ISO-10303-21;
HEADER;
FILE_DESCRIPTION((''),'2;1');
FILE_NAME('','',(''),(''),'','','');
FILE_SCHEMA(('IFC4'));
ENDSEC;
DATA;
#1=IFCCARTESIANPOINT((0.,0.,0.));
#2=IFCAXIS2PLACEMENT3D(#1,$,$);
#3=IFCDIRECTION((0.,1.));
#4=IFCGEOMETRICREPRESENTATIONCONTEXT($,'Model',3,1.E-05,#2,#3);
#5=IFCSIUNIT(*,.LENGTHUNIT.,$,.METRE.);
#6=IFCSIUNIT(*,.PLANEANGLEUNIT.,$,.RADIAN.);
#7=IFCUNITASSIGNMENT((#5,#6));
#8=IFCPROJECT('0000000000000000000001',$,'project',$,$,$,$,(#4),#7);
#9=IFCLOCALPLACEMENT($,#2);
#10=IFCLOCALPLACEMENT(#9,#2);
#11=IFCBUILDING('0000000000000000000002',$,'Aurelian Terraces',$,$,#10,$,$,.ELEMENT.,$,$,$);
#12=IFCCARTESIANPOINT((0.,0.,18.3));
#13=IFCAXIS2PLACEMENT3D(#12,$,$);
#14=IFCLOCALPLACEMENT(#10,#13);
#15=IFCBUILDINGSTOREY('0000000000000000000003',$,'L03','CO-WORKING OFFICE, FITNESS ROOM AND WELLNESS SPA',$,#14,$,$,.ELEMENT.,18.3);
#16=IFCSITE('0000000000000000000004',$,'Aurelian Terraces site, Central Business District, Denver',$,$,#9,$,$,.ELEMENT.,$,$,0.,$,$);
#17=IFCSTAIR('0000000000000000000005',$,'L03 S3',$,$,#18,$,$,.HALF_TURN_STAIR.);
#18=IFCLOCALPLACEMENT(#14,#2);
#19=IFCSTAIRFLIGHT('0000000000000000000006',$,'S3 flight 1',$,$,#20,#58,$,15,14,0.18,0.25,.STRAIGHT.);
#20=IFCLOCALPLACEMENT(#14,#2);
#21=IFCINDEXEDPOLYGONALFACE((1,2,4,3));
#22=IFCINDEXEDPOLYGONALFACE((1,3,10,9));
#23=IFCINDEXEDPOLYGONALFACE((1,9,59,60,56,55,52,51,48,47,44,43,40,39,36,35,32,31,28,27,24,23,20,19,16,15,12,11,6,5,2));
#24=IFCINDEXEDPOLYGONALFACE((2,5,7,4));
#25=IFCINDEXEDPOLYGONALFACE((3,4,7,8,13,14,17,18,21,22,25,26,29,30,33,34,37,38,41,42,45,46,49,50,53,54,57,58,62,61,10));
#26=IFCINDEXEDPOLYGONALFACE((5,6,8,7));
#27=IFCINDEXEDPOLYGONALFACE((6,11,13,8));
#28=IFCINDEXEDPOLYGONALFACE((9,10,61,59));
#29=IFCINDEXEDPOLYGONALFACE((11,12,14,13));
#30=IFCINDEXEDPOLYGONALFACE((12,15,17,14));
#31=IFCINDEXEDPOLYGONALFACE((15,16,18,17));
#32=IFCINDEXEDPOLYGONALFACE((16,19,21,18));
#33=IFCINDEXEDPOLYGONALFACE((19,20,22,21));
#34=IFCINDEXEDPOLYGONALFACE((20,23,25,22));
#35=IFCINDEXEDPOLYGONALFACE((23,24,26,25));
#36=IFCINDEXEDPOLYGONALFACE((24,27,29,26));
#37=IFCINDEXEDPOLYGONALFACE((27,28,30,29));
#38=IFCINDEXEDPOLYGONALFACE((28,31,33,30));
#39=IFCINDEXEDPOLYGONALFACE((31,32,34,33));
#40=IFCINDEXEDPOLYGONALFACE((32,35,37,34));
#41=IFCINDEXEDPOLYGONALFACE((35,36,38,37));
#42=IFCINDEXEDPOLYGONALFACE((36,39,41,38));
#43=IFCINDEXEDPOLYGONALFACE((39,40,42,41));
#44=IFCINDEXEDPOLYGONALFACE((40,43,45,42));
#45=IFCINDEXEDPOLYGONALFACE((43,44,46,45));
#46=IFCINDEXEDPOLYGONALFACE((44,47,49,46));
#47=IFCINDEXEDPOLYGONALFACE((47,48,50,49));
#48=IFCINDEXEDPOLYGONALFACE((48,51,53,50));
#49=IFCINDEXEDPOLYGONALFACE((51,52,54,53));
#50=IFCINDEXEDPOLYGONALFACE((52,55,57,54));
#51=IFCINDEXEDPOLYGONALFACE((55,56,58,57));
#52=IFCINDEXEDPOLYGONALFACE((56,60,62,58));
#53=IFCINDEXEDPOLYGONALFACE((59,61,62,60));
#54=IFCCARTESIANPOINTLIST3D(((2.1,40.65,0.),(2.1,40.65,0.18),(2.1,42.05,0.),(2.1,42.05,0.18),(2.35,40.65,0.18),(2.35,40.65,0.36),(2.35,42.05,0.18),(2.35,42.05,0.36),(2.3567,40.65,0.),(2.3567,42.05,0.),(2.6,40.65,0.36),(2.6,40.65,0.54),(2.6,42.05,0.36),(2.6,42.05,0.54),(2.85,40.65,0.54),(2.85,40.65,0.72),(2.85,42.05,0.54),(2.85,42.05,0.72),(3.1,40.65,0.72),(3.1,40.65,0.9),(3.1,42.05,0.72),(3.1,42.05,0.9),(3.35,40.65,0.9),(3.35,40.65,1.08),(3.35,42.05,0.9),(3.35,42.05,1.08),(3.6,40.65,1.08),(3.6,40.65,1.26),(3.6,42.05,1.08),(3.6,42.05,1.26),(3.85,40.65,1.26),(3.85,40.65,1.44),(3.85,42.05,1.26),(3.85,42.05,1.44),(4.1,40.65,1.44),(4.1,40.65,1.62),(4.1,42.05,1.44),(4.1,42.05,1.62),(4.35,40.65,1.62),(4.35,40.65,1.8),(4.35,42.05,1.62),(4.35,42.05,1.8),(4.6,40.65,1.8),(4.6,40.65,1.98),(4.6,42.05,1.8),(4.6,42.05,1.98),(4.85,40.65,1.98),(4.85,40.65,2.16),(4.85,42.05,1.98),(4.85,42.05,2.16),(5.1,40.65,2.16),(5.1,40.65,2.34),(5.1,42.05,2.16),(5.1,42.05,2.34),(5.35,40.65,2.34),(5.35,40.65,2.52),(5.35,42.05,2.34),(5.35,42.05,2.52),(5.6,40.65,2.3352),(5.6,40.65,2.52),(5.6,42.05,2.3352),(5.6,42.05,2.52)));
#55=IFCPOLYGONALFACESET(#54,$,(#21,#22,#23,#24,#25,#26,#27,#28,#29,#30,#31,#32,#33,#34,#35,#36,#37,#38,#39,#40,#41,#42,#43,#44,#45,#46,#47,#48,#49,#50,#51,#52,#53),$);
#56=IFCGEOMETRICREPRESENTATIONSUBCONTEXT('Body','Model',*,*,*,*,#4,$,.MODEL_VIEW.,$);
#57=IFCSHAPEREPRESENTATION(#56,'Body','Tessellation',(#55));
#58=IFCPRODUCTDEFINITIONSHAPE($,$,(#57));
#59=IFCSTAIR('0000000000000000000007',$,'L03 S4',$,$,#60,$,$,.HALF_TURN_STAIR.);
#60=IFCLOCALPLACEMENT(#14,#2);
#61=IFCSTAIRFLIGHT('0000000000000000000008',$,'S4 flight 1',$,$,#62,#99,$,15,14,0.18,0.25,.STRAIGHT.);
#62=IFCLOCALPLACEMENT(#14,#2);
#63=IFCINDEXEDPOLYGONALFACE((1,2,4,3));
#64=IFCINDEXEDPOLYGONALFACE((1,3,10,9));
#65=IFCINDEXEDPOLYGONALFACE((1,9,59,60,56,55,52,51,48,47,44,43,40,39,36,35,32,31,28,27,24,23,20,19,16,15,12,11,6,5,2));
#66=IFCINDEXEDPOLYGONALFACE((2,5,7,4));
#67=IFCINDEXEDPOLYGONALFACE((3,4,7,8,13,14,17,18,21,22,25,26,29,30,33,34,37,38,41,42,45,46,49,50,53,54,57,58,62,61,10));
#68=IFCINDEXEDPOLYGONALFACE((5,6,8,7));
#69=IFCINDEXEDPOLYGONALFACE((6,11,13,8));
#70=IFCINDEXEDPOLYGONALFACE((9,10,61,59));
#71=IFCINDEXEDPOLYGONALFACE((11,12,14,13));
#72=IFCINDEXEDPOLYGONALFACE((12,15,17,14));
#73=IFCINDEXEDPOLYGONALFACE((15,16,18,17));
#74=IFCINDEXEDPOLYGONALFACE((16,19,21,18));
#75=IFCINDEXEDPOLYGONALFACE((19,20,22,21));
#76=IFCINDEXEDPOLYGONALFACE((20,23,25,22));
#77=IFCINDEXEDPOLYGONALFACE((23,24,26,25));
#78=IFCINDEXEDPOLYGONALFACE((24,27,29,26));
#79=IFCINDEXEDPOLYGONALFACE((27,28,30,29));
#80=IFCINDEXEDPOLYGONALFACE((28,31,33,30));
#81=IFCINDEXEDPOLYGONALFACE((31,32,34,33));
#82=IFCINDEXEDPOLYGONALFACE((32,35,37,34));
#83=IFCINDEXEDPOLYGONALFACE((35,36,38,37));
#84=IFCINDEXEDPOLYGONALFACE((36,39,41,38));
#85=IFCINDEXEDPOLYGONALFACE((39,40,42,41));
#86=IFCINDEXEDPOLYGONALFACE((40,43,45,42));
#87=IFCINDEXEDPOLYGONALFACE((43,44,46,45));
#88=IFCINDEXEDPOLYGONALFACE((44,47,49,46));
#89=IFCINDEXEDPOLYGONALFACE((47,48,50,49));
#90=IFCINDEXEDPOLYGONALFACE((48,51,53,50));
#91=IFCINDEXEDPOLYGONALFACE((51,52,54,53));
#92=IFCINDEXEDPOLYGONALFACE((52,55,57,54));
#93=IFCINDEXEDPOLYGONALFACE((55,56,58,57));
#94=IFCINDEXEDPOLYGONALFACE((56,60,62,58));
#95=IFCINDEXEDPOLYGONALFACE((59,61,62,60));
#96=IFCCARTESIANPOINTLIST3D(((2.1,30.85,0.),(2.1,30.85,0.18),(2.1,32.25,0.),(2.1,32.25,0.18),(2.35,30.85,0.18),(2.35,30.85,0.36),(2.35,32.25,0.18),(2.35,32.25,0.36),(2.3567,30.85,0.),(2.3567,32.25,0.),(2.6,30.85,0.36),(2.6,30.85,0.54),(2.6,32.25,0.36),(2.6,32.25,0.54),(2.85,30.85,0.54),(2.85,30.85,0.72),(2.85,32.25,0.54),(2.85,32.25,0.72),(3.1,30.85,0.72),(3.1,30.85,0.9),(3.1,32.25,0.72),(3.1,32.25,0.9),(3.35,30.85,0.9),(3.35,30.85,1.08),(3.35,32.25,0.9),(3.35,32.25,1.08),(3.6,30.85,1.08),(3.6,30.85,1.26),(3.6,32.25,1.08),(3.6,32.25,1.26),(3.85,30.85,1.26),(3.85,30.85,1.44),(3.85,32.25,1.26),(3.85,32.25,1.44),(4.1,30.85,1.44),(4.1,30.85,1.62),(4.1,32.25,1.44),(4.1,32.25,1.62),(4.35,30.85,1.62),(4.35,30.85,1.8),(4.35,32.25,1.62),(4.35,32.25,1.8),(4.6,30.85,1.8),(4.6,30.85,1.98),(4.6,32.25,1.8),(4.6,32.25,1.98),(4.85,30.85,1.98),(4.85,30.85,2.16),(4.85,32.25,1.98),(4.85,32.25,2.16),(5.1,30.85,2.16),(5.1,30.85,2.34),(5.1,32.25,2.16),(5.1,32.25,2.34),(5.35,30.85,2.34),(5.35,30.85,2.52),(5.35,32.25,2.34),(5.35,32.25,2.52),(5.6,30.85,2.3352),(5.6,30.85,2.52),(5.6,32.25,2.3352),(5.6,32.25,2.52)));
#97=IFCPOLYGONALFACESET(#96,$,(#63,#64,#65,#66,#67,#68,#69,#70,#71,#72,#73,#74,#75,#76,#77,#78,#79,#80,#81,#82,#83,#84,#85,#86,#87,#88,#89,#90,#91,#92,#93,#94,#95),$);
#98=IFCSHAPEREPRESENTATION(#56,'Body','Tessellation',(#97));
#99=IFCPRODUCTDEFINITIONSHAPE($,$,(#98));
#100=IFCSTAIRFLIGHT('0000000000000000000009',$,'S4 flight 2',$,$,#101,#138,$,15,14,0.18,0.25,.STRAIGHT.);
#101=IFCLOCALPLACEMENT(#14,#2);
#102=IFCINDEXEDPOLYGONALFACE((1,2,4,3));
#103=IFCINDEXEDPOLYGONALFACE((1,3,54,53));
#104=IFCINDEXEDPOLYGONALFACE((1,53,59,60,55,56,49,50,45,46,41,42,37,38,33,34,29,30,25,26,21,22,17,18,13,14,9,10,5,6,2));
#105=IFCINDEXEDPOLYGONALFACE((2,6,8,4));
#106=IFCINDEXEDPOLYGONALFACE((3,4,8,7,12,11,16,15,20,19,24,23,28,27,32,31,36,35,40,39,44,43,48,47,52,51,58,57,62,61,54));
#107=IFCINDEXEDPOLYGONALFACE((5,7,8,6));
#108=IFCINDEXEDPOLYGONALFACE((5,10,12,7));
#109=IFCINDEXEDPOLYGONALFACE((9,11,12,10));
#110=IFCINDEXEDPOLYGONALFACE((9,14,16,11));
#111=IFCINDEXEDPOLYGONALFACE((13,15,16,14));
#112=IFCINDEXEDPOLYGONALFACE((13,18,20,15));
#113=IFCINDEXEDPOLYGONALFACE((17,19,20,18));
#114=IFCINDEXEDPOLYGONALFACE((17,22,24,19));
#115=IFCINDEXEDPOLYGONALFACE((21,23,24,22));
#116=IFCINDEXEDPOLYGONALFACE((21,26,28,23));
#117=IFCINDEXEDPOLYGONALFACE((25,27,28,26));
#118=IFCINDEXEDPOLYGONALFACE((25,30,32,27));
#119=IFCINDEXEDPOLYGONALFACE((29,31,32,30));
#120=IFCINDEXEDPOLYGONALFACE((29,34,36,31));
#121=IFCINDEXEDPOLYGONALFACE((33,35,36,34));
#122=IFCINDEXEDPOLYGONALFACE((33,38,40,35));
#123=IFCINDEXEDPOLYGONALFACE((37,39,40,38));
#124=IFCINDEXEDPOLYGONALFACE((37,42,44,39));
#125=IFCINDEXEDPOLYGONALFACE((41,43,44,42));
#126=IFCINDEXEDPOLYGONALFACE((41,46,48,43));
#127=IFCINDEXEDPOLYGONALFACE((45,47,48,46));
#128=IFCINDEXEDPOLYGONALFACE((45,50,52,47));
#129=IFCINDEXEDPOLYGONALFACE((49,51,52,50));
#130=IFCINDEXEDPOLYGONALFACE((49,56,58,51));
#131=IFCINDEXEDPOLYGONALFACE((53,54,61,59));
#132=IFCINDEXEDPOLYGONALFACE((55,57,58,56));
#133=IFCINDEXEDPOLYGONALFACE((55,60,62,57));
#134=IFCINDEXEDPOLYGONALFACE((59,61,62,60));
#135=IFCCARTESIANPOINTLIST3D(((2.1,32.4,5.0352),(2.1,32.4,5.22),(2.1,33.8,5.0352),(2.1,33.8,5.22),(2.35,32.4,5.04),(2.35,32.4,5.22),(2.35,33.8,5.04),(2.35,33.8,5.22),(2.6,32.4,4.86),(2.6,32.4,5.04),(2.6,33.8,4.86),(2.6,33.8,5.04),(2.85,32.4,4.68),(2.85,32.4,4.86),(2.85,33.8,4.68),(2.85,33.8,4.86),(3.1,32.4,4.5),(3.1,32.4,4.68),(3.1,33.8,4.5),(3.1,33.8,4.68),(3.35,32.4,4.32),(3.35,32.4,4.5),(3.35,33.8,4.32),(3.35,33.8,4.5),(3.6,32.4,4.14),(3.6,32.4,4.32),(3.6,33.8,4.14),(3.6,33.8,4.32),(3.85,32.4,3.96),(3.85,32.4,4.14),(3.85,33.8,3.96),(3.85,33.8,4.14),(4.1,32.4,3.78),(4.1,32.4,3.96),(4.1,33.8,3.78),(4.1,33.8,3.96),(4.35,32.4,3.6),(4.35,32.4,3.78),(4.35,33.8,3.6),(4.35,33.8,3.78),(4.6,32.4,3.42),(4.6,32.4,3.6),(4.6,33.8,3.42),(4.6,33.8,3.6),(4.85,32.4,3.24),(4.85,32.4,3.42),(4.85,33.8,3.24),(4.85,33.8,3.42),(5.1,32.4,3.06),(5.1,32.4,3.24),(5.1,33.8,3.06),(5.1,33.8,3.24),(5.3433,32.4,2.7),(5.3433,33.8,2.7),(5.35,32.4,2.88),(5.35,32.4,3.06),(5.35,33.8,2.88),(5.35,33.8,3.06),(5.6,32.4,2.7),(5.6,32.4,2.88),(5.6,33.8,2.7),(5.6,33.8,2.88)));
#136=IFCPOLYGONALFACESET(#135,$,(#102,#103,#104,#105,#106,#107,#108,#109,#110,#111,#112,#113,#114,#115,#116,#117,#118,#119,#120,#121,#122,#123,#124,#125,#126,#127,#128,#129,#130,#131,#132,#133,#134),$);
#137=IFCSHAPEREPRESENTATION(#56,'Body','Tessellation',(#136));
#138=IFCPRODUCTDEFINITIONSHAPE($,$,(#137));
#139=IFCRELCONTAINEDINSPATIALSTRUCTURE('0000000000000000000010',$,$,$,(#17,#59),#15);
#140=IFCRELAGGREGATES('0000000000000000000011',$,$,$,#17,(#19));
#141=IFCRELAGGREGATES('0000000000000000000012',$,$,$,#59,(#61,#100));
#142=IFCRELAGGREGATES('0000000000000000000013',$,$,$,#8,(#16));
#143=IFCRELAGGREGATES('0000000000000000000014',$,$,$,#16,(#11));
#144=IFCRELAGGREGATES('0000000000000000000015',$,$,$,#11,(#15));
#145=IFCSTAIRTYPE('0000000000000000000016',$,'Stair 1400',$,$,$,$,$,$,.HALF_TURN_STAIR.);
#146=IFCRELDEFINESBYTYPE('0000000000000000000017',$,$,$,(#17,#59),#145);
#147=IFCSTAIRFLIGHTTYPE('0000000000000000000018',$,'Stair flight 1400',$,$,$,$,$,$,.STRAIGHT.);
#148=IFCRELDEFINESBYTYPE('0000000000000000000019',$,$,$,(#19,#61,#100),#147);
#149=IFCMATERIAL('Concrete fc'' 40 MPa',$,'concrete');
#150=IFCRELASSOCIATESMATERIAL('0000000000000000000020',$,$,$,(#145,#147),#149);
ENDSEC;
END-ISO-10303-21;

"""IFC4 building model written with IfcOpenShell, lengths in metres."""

from ifc_helpers import new_model, si_unit, direction, frame, origin, place, context, subcontext, project, spatial, polyline, outline, extrude, source, transform, mapped, material, type_object, element, aggregate, save


model = new_model("IFC4")

# Units and contexts
model_context = context("Model", 3, precision=1e-05, world=origin(), true_north=direction((0.0, 1.0)))
body_context = subcontext(model_context, "Body", "Model", "MODEL_VIEW")
ifc_project = project(units=[si_unit("LENGTHUNIT", "METRE"), si_unit("PLANEANGLEUNIT", "RADIAN")], contexts=[model_context])

# Site, building, storey
site_placement = place(None, origin())
site = spatial("IfcSite", under=ifc_project, at=site_placement, Name="Aurelian Terraces site, Central Business District, Denver", CompositionType="ELEMENT", RefElevation=0.0)
building_placement = place(site_placement, origin())
building = spatial("IfcBuilding", under=site, at=building_placement, Name="Aurelian Terraces", CompositionType="ELEMENT")
storey_placement = place(building_placement, frame((0.0, 0.0, 18.3)))
storey = spatial("IfcBuildingStorey", under=building, at=storey_placement, Name="L03", Description="CO-WORKING OFFICE, FITNESS ROOM AND WELLNESS SPA", CompositionType="ELEMENT", Elevation=18.3)

# Shared definitions
ifc_material_1 = material(Name="Concrete fc' 40 MPa", Category="concrete")

# Stair, stair flight
stair_type = type_object("IfcStairType", Name="Stair 1400", PredefinedType="HALF_TURN_STAIR", material=ifc_material_1)
stair_1_placement = place(storey_placement, origin())
stair_1 = element("IfcStair", 1, at=stair_1_placement, inside=storey, type_object=stair_type, Name="L03 S3", PredefinedType="HALF_TURN_STAIR")
stair_flight_type = type_object("IfcStairFlightType", Name="Stair flight 1400", PredefinedType="STRAIGHT", material=ifc_material_1)
shared_shape_1 = source(origin(), body_context, "Body", "SweptSolid", [
    extrude(outline(polyline([(0.0, 0.0), (0.0, 0.18), (0.25, 0.18), (0.25, 0.36), (0.5, 0.36), (0.5, 0.54), (0.75, 0.54), (0.75, 0.72), (1.0, 0.72), (1.0, 0.9), (1.25, 0.9), (1.25, 1.08), (1.5, 1.08), (1.5, 1.26), (1.75, 1.26), (1.75, 1.44), (2.0, 1.44), (2.0, 1.62), (2.25, 1.62), (2.25, 1.8), (2.5, 1.8), (2.5, 1.98), (2.75, 1.98), (2.75, 2.16), (3.0, 2.16), (3.0, 2.34), (3.25, 2.34), (3.25, 2.52), (3.5, 2.52), (3.5, 2.7), (3.5, 2.3352), (0.2567, 0.0), (0.0, 0.0)])), frame((0.0, 0.7, 0.0), z_axis=(0.0, -1.0, 0.0), x_axis=(1.0, 0.0, 0.0)), (0.0, 0.0, 1.0), 1.4),
])
stair_flight_1_placement = place(storey_placement, frame((2.1, 41.35, 0.0), z_axis=(0.0, 0.0, 1.0), x_axis=(1.0, 0.0, 0.0)))
stair_flight_1 = element("IfcStairFlight", 2, at=stair_flight_1_placement, type_object=stair_flight_type, Name="S3 flight 1", NumberOfRisers=15, NumberOfTreads=14, PredefinedType="STRAIGHT", RiserHeight=0.18, TreadLength=0.25, context=body_context, shape_type="MappedRepresentation", body=[
    mapped(shared_shape_1, transform((0.0, 0.0, 0.0), scale=1.0)),
])
aggregate(stair_1, [stair_flight_1])

# Stair, stair flights
stair_2_placement = place(storey_placement, origin())
stair_2 = element("IfcStair", 3, at=stair_2_placement, inside=storey, type_object=stair_type, Name="L03 S4", PredefinedType="HALF_TURN_STAIR")
stair_flight_2_placement = place(storey_placement, frame((2.1, 31.55, 0.0), z_axis=(0.0, 0.0, 1.0), x_axis=(1.0, 0.0, 0.0)))
stair_flight_2 = element("IfcStairFlight", 4, at=stair_flight_2_placement, type_object=stair_flight_type, Name="S4 flight 1", NumberOfRisers=15, NumberOfTreads=14, PredefinedType="STRAIGHT", RiserHeight=0.18, TreadLength=0.25, context=body_context, shape_type="MappedRepresentation", body=[
    mapped(shared_shape_1, transform((0.0, 0.0, 0.0), scale=1.0)),
])
stair_flight_3_placement = place(storey_placement, frame((5.6, 33.1, 2.7), z_axis=(0.0, 0.0, 1.0), x_axis=(-1.0, 0.0, 0.0)))
stair_flight_3 = element("IfcStairFlight", 5, at=stair_flight_3_placement, type_object=stair_flight_type, Name="S4 flight 2", NumberOfRisers=15, NumberOfTreads=14, PredefinedType="STRAIGHT", RiserHeight=0.18, TreadLength=0.25, context=body_context, shape_type="MappedRepresentation", body=[
    mapped(shared_shape_1, transform((0.0, 0.0, 0.0), scale=1.0)),
])
aggregate(stair_2, [stair_flight_2, stair_flight_3])

save(model, "model.ifc")
